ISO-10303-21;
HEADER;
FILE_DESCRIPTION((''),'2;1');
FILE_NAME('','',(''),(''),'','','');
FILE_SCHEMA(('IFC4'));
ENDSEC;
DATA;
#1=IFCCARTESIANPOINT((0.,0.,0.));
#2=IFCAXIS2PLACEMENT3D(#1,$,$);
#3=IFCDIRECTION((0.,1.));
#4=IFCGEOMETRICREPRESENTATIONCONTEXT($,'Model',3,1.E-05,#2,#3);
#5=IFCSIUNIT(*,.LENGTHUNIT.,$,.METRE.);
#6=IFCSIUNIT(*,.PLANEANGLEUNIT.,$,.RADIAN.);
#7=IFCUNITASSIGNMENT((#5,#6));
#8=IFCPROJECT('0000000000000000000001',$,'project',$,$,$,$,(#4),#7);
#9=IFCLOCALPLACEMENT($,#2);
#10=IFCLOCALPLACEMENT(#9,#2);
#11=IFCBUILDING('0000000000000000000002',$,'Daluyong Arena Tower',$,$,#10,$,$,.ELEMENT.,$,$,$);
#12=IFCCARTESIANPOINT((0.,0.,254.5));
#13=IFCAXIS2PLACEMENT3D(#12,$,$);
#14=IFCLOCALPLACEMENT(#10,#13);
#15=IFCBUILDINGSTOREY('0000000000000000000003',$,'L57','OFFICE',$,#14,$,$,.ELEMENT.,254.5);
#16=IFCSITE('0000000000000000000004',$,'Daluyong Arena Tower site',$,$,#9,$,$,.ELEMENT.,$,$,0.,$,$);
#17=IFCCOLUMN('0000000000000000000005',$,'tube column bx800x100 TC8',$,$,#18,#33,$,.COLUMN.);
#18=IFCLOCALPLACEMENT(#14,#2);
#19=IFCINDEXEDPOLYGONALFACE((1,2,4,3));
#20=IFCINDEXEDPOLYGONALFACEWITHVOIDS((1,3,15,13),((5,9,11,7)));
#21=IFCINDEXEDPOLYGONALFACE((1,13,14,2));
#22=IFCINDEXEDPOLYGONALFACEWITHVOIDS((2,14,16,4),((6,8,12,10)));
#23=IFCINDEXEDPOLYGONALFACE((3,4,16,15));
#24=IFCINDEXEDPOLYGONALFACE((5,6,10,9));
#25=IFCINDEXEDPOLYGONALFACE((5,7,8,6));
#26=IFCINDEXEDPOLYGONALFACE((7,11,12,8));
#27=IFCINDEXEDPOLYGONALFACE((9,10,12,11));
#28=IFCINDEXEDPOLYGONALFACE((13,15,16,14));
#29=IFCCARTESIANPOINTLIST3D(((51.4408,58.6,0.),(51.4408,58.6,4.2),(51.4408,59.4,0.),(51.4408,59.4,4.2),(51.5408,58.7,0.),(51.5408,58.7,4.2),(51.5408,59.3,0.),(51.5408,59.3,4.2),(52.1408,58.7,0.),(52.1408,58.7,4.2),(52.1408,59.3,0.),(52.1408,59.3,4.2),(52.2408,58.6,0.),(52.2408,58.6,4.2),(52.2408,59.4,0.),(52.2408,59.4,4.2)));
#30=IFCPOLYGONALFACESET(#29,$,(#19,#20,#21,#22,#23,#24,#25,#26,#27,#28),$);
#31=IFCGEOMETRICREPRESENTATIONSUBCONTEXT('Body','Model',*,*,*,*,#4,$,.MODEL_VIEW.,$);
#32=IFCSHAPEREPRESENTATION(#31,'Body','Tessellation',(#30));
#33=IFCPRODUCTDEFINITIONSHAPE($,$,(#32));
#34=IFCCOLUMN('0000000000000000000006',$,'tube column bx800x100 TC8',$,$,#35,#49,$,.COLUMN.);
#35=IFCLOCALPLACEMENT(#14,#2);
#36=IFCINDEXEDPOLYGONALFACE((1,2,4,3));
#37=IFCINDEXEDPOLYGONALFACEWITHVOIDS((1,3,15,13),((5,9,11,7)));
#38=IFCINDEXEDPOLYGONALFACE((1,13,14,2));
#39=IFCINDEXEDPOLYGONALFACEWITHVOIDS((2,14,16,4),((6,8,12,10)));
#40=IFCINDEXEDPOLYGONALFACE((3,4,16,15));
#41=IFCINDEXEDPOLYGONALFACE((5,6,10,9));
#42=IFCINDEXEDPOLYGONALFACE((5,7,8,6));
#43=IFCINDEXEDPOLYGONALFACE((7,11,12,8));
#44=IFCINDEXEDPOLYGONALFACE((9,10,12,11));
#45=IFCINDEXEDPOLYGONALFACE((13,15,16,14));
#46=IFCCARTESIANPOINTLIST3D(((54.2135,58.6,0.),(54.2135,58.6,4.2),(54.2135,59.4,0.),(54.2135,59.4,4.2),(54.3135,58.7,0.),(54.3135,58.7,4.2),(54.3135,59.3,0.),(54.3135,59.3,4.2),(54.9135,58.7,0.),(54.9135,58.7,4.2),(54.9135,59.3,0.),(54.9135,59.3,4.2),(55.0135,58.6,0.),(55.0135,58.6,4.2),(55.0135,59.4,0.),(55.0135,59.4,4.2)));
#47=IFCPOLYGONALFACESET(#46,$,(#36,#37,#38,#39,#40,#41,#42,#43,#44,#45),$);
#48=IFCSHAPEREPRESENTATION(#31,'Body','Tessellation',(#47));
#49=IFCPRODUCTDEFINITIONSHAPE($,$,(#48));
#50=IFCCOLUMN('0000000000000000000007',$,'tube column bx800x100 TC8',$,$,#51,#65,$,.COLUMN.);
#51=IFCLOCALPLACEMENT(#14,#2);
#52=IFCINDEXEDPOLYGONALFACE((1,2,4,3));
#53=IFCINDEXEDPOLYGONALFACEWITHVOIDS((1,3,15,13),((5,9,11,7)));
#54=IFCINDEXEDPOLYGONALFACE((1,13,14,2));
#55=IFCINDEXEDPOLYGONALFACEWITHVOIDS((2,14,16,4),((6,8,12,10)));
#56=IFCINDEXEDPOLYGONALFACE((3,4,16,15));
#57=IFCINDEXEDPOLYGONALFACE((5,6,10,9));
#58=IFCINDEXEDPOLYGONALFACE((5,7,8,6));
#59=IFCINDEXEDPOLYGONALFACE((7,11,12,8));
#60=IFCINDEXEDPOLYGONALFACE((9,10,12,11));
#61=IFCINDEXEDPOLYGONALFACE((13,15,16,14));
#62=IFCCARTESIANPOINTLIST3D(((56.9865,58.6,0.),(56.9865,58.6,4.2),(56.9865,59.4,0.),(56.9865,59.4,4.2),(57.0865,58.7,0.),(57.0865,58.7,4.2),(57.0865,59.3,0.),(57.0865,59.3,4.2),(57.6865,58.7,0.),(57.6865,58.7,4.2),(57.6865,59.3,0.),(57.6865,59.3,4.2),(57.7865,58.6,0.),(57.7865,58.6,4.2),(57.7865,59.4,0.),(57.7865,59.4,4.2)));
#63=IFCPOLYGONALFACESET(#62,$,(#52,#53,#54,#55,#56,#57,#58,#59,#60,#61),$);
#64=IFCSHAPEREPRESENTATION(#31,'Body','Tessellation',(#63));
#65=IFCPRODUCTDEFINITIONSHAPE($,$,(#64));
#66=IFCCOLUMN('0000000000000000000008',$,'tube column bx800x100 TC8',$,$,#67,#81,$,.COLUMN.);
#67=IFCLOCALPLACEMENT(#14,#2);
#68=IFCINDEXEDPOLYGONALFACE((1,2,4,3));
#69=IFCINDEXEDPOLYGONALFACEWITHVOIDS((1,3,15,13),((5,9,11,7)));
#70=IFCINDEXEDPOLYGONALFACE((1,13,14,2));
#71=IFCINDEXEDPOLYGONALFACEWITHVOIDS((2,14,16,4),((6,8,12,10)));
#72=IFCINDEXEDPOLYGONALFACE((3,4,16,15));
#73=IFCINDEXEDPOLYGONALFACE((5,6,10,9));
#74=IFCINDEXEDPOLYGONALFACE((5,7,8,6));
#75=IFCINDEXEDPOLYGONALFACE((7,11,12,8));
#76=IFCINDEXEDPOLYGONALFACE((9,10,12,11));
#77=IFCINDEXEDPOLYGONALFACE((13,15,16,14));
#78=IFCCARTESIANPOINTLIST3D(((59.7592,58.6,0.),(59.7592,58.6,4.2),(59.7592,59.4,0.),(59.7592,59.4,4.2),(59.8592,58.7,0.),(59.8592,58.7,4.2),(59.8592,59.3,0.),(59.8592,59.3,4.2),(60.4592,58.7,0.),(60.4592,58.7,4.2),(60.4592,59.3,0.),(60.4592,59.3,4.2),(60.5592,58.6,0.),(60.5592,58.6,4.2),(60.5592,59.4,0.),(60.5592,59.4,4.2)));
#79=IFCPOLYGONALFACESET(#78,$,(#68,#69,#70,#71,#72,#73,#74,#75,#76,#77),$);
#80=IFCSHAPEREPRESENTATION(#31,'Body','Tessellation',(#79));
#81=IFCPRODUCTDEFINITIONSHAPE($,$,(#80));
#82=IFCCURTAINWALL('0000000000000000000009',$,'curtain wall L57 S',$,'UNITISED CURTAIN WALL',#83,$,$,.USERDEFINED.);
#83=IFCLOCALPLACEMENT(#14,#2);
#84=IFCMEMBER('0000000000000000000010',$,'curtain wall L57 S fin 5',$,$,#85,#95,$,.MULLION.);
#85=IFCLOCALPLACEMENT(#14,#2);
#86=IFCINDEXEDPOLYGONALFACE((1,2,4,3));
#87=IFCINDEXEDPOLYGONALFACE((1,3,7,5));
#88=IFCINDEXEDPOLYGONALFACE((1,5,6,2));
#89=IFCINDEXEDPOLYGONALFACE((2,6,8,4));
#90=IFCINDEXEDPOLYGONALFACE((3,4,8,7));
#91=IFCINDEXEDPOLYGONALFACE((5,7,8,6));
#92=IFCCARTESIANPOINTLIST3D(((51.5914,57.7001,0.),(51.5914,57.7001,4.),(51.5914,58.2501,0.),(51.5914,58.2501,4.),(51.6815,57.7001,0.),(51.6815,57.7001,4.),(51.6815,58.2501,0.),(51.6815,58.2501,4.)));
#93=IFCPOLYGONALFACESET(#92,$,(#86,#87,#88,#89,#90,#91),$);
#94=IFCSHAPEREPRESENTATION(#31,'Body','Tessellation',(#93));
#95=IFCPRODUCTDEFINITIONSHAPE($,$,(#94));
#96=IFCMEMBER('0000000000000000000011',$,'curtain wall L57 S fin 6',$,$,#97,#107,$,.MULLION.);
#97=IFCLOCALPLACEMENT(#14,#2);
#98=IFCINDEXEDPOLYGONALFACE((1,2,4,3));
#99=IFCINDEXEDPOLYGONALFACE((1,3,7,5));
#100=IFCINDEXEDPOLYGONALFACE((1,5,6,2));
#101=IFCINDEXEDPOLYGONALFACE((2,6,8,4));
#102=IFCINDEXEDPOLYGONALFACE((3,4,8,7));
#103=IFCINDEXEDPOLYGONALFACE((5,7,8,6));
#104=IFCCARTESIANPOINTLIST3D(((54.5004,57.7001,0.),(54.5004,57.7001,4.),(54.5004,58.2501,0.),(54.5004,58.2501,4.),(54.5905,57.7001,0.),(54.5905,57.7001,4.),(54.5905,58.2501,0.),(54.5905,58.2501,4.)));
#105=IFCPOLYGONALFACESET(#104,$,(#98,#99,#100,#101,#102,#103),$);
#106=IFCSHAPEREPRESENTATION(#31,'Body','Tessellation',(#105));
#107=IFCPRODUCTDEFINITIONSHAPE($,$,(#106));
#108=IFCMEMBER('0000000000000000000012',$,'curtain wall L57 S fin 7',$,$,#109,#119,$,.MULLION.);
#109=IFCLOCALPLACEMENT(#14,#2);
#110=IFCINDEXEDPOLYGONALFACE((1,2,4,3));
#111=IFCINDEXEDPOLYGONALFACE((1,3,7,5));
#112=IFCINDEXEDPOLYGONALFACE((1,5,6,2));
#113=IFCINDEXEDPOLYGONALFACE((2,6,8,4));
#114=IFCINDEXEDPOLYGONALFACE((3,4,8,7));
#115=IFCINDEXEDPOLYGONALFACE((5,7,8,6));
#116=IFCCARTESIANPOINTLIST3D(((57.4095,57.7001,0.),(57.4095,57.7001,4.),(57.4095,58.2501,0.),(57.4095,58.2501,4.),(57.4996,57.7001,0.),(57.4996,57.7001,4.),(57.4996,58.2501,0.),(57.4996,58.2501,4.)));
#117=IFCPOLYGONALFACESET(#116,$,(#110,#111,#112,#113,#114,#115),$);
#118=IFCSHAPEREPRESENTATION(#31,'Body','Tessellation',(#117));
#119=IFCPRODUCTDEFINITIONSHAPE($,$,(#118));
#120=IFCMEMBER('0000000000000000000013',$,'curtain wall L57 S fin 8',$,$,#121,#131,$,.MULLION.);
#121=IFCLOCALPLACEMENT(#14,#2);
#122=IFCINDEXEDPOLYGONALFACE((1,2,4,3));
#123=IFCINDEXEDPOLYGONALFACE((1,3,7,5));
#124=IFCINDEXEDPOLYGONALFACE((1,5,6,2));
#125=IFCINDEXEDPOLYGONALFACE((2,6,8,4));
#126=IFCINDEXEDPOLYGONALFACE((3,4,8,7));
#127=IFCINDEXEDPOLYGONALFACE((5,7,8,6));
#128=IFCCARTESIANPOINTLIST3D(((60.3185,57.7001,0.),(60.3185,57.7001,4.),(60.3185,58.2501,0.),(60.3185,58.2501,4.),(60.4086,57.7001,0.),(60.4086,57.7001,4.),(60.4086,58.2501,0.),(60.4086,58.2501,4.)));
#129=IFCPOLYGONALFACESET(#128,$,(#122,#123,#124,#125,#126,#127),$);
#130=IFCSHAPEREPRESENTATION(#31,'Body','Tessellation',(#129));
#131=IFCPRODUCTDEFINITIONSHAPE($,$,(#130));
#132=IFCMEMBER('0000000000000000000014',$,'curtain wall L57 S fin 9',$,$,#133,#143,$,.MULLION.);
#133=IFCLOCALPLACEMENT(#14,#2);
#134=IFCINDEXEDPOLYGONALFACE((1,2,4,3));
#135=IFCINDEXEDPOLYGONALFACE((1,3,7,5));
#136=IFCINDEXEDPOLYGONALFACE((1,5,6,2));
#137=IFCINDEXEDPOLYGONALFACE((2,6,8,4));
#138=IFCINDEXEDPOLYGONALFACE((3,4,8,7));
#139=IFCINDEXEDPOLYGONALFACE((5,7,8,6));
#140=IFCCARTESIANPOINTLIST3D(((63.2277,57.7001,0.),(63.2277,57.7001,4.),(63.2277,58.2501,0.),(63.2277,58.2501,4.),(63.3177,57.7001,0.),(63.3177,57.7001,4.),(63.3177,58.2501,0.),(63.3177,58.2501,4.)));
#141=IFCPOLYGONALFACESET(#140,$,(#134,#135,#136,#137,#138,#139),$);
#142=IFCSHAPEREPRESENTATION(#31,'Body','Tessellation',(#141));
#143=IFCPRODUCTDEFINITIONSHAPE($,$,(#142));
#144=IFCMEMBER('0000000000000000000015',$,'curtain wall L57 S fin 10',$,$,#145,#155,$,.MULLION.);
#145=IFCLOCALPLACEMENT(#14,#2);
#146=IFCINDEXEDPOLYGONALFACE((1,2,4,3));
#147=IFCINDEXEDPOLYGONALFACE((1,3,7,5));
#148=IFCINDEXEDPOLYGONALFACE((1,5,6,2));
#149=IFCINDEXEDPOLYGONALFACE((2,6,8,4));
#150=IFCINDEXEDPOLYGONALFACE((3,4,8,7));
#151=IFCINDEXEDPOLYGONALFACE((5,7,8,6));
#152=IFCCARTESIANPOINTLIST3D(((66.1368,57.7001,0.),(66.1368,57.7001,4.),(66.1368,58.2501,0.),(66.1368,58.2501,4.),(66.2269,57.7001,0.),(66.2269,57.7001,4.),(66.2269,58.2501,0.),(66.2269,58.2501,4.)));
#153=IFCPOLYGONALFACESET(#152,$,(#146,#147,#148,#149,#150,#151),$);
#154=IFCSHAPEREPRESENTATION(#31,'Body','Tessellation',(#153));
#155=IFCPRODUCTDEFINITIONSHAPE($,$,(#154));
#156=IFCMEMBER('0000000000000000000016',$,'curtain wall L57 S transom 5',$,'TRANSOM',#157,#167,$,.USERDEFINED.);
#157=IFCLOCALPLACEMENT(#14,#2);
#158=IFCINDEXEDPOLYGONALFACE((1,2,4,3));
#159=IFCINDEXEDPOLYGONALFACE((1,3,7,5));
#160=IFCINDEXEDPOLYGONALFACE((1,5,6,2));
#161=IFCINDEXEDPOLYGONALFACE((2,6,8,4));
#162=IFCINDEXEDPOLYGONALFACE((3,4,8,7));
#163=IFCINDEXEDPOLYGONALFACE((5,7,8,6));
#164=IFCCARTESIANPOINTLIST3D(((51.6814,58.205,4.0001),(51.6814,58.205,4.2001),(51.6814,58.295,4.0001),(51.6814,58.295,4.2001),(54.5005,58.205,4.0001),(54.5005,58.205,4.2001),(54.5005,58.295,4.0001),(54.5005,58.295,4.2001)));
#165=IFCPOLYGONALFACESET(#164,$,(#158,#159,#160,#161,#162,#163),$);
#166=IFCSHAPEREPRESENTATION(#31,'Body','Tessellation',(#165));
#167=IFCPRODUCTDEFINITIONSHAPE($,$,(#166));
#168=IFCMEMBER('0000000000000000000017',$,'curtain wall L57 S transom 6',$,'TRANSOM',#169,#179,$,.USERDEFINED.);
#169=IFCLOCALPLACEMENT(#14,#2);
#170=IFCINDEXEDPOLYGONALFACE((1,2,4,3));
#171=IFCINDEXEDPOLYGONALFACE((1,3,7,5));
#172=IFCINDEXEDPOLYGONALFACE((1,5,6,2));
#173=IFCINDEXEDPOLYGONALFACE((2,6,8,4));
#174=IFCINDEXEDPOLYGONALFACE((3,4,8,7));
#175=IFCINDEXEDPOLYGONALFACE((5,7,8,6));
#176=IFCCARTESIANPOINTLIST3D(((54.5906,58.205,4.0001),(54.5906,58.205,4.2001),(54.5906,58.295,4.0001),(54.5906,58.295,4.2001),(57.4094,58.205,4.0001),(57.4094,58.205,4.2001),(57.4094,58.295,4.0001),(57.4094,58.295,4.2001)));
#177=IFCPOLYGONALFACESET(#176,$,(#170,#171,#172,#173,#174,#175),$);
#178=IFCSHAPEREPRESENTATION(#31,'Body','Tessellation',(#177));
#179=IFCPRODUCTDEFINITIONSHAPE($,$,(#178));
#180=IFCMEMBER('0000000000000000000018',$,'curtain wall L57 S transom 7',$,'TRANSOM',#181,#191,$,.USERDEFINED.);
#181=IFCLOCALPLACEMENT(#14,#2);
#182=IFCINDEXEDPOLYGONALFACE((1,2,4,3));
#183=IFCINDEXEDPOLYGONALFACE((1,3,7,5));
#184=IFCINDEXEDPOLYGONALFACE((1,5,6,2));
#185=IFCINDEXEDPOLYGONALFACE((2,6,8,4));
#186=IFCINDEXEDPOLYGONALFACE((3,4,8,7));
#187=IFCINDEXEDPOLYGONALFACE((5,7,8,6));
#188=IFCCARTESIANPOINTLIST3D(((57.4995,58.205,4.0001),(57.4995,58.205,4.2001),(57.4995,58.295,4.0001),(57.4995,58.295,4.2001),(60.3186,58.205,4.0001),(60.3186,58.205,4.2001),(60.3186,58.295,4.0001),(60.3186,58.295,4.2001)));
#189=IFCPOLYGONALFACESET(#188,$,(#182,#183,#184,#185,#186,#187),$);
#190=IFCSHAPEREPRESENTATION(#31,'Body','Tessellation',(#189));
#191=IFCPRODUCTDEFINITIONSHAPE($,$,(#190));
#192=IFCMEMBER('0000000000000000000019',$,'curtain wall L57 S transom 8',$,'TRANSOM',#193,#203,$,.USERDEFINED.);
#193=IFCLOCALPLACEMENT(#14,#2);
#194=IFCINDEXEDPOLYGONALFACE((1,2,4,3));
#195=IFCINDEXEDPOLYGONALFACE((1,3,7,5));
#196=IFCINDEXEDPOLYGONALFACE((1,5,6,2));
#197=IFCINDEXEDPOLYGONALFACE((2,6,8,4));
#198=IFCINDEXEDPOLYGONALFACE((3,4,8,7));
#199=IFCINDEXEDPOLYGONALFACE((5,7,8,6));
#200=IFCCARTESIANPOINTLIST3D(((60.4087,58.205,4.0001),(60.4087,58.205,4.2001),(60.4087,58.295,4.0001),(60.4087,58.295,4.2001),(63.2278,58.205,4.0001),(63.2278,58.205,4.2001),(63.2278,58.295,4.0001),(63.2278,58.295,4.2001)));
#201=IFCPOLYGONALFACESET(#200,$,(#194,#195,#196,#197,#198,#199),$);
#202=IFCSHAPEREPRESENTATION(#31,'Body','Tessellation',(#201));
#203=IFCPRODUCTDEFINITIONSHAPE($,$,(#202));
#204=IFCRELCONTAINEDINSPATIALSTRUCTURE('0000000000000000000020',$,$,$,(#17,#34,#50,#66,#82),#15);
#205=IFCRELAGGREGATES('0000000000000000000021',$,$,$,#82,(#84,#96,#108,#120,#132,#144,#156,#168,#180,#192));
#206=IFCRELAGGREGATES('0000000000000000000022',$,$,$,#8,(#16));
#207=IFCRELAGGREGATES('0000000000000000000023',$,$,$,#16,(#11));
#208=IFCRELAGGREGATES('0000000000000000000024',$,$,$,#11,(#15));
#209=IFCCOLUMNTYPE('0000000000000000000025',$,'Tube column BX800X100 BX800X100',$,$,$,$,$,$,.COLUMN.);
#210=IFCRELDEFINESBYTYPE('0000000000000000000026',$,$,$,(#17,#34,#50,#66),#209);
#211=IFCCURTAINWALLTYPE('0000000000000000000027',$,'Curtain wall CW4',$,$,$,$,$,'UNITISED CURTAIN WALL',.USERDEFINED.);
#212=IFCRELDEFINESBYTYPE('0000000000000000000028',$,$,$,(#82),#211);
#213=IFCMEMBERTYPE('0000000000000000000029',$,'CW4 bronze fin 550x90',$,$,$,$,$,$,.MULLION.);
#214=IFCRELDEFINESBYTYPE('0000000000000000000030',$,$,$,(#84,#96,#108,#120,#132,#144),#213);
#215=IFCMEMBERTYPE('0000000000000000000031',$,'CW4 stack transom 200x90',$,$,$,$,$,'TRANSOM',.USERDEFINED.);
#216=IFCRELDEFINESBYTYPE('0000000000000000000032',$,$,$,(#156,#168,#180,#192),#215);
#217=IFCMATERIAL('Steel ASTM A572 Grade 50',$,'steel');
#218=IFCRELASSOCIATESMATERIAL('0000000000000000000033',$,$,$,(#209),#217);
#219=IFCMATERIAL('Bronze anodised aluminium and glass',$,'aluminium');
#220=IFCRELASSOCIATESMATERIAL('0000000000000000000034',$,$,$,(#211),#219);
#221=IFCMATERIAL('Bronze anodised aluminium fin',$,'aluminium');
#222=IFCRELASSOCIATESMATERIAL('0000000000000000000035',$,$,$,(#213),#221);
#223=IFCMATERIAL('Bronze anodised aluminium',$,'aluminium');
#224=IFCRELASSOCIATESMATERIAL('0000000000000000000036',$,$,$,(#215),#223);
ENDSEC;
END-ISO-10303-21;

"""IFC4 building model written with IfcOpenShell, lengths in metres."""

from ifc_helpers import new_model, si_unit, direction, frame, origin, origin_2d, place, context, subcontext, project, spatial, rectangle, hollow_rectangle, extrude, material, material_profile, profile_set, type_object, element, aggregate, save


model = new_model("IFC4")

# Units and contexts
model_context = context("Model", 3, precision=1e-05, world=origin(), true_north=direction((0.0, 1.0)))
body_context = subcontext(model_context, "Body", "Model", "MODEL_VIEW")
ifc_project = project(units=[si_unit("LENGTHUNIT", "METRE"), si_unit("PLANEANGLEUNIT", "RADIAN")], contexts=[model_context])

# Site, building, storey
site_placement = place(None, origin())
site = spatial("IfcSite", under=ifc_project, at=site_placement, Name="Daluyong Arena Tower site", CompositionType="ELEMENT", RefElevation=0.0)
building_placement = place(site_placement, origin())
building = spatial("IfcBuilding", under=site, at=building_placement, Name="Daluyong Arena Tower", CompositionType="ELEMENT")
storey_placement = place(building_placement, frame((0.0, 0.0, 254.5)))
storey = spatial("IfcBuildingStorey", under=building, at=storey_placement, Name="L57", Description="OFFICE", CompositionType="ELEMENT", Elevation=254.5)

# Columns
ifc_material_1 = material(Name="Steel ASTM A572 Grade 50", Category="steel")
ifc_material_profile_1 = material_profile(ifc_material_1, hollow_rectangle(XDim=0.8, YDim=0.8, WallThickness=0.1, at=origin_2d()))
ifc_profile_set_1 = profile_set([ifc_material_profile_1], Name="Steel ASTM A572 Grade 50")
column_type = type_object("IfcColumnType", Name="Tube column BX800X100 BX800X100", PredefinedType="COLUMN", material=ifc_profile_set_1)
for number, where, z_axis, x_axis, name in (
    (1, (51.8408, 59.0, 0.0), (0.0, 0.0, 1.0), (1.0, 0.0, 0.0), "tube column bx800x100 TC8"),
    (2, (54.6135, 59.0, 0.0), (0.0, 0.0, 1.0), (1.0, 0.0, 0.0), "tube column bx800x100 TC8"),
    (3, (57.3865, 59.0, 0.0), (0.0, 0.0, 1.0), (1.0, 0.0, 0.0), "tube column bx800x100 TC8"),
    (4, (60.1592, 59.0, 0.0), (0.0, 0.0, 1.0), (1.0, 0.0, 0.0), "tube column bx800x100 TC8"),
):
    element("IfcColumn", number, at=place(storey_placement, frame(where, z_axis=z_axis, x_axis=x_axis)), inside=storey, type_object=column_type, Name=name, PredefinedType="COLUMN", context=body_context, shape_type="SweptSolid", body=[
        extrude(hollow_rectangle(XDim=0.8, YDim=0.8, WallThickness=0.1, at=origin_2d()), origin(), (0.0, 0.0, 1.0), 4.2),
    ])

# Curtain wall, members
ifc_material_2 = material(Name="Bronze anodised aluminium and glass", Category="aluminium")
curtain_wall_type = type_object("IfcCurtainWallType", Name="Curtain wall CW4", ElementType="UNITISED CURTAIN WALL", PredefinedType="USERDEFINED", material=ifc_material_2)
curtain_wall_placement = place(storey_placement, origin())
curtain_wall = element("IfcCurtainWall", 5, at=curtain_wall_placement, inside=storey, type_object=curtain_wall_type, Name="curtain wall L57 S", ObjectType="UNITISED CURTAIN WALL", PredefinedType="USERDEFINED")
ifc_material_3 = material(Name="Bronze anodised aluminium fin", Category="aluminium")
ifc_material_profile_2 = material_profile(ifc_material_3, rectangle(XDim=0.55, YDim=0.0901, at=origin_2d()))
ifc_profile_set_2 = profile_set([ifc_material_profile_2], Name="Bronze anodised aluminium fin")
member_type_1 = type_object("IfcMemberType", Name="CW4 bronze fin 550x90", PredefinedType="MULLION", material=ifc_profile_set_2)
member_1_placement = place(storey_placement, frame((51.6365, 57.9751, 0.0), z_axis=(0.0, 0.0, 1.0), x_axis=(0.0, 1.0, 0.0)))
member_1 = element("IfcMember", 6, at=member_1_placement, type_object=member_type_1, Name="curtain wall L57 S fin 5", PredefinedType="MULLION", context=body_context, shape_type="SweptSolid", body=[
    extrude(rectangle(XDim=0.55, YDim=0.0901, at=origin_2d()), origin(), (0.0, 0.0, 1.0), 4.0),
])
member_2_placement = place(storey_placement, frame((54.5454, 57.9751, 0.0), z_axis=(0.0, 0.0, 1.0), x_axis=(0.0, 1.0, 0.0)))
member_2 = element("IfcMember", 7, at=member_2_placement, type_object=member_type_1, Name="curtain wall L57 S fin 6", PredefinedType="MULLION", context=body_context, shape_type="SweptSolid", body=[
    extrude(rectangle(XDim=0.55, YDim=0.0901, at=origin_2d()), origin(), (0.0, 0.0, 1.0), 4.0),
])
member_3_placement = place(storey_placement, frame((57.4546, 57.9751, 0.0), z_axis=(0.0, 0.0, 1.0), x_axis=(0.0, 1.0, 0.0)))
member_3 = element("IfcMember", 8, at=member_3_placement, type_object=member_type_1, Name="curtain wall L57 S fin 7", PredefinedType="MULLION", context=body_context, shape_type="SweptSolid", body=[
    extrude(rectangle(XDim=0.55, YDim=0.0901, at=origin_2d()), origin(), (0.0, 0.0, 1.0), 4.0),
])
member_4_placement = place(storey_placement, frame((60.3635, 57.9751, 0.0), z_axis=(0.0, 0.0, 1.0), x_axis=(0.0, 1.0, 0.0)))
member_4 = element("IfcMember", 9, at=member_4_placement, type_object=member_type_1, Name="curtain wall L57 S fin 8", PredefinedType="MULLION", context=body_context, shape_type="SweptSolid", body=[
    extrude(rectangle(XDim=0.55, YDim=0.0901, at=origin_2d()), origin(), (0.0, 0.0, 1.0), 4.0),
])
member_5_placement = place(storey_placement, frame((63.2727, 57.9751, 0.0), z_axis=(0.0, 0.0, 1.0), x_axis=(0.0, 1.0, 0.0)))
member_5 = element("IfcMember", 10, at=member_5_placement, type_object=member_type_1, Name="curtain wall L57 S fin 9", PredefinedType="MULLION", context=body_context, shape_type="SweptSolid", body=[
    extrude(rectangle(XDim=0.55, YDim=0.0901, at=origin_2d()), origin(), (0.0, 0.0, 1.0), 4.0),
])
member_6_placement = place(storey_placement, frame((66.1819, 57.9751, 0.0), z_axis=(0.0, 0.0, 1.0), x_axis=(0.0, 1.0, 0.0)))
member_6 = element("IfcMember", 11, at=member_6_placement, type_object=member_type_1, Name="curtain wall L57 S fin 10", PredefinedType="MULLION", context=body_context, shape_type="SweptSolid", body=[
    extrude(rectangle(XDim=0.55, YDim=0.0901, at=origin_2d()), origin(), (0.0, 0.0, 1.0), 4.0),
])
ifc_material_4 = material(Name="Bronze anodised aluminium", Category="aluminium")
ifc_material_profile_3 = material_profile(ifc_material_4, rectangle(XDim=0.0901, YDim=0.2, at=origin_2d()))
ifc_profile_set_3 = profile_set([ifc_material_profile_3], Name="Bronze anodised aluminium")
member_type_2 = type_object("IfcMemberType", Name="CW4 stack transom 200x90", ElementType="TRANSOM", PredefinedType="USERDEFINED", material=ifc_profile_set_3)
member_7_placement = place(storey_placement, frame((51.6814, 58.25, 4.1001), z_axis=(1.0, 0.0, 0.0), x_axis=(0.0, 1.0, 0.0)))
member_7 = element("IfcMember", 12, at=member_7_placement, type_object=member_type_2, Name="curtain wall L57 S transom 5", ObjectType="TRANSOM", PredefinedType="USERDEFINED", context=body_context, shape_type="SweptSolid", body=[
    extrude(rectangle(XDim=0.0901, YDim=0.2, at=origin_2d()), origin(), (0.0, 0.0, 1.0), 2.8191),
])
member_8_placement = place(storey_placement, frame((54.5906, 58.25, 4.1001), z_axis=(1.0, 0.0, 0.0), x_axis=(0.0, 1.0, 0.0)))
member_8 = element("IfcMember", 13, at=member_8_placement, type_object=member_type_2, Name="curtain wall L57 S transom 6", ObjectType="TRANSOM", PredefinedType="USERDEFINED", context=body_context, shape_type="SweptSolid", body=[
    extrude(rectangle(XDim=0.0901, YDim=0.2, at=origin_2d()), origin(), (0.0, 0.0, 1.0), 2.8188),
])
member_9_placement = place(storey_placement, frame((57.4995, 58.25, 4.1001), z_axis=(1.0, 0.0, 0.0), x_axis=(0.0, 1.0, 0.0)))
member_9 = element("IfcMember", 14, at=member_9_placement, type_object=member_type_2, Name="curtain wall L57 S transom 7", ObjectType="TRANSOM", PredefinedType="USERDEFINED", context=body_context, shape_type="SweptSolid", body=[
    extrude(rectangle(XDim=0.0901, YDim=0.2, at=origin_2d()), origin(), (0.0, 0.0, 1.0), 2.8191),
])
member_10_placement = place(storey_placement, frame((60.4087, 58.25, 4.1001), z_axis=(1.0, 0.0, 0.0), x_axis=(0.0, 1.0, 0.0)))
member_10 = element("IfcMember", 15, at=member_10_placement, type_object=member_type_2, Name="curtain wall L57 S transom 8", ObjectType="TRANSOM", PredefinedType="USERDEFINED", context=body_context, shape_type="SweptSolid", body=[
    extrude(rectangle(XDim=0.0901, YDim=0.2, at=origin_2d()), origin(), (0.0, 0.0, 1.0), 2.8191),
])

aggregate(curtain_wall, [member_1, member_2, member_3, member_4, member_5, member_6, member_7, member_8, member_9, member_10])

save(model, "model.ifc")
